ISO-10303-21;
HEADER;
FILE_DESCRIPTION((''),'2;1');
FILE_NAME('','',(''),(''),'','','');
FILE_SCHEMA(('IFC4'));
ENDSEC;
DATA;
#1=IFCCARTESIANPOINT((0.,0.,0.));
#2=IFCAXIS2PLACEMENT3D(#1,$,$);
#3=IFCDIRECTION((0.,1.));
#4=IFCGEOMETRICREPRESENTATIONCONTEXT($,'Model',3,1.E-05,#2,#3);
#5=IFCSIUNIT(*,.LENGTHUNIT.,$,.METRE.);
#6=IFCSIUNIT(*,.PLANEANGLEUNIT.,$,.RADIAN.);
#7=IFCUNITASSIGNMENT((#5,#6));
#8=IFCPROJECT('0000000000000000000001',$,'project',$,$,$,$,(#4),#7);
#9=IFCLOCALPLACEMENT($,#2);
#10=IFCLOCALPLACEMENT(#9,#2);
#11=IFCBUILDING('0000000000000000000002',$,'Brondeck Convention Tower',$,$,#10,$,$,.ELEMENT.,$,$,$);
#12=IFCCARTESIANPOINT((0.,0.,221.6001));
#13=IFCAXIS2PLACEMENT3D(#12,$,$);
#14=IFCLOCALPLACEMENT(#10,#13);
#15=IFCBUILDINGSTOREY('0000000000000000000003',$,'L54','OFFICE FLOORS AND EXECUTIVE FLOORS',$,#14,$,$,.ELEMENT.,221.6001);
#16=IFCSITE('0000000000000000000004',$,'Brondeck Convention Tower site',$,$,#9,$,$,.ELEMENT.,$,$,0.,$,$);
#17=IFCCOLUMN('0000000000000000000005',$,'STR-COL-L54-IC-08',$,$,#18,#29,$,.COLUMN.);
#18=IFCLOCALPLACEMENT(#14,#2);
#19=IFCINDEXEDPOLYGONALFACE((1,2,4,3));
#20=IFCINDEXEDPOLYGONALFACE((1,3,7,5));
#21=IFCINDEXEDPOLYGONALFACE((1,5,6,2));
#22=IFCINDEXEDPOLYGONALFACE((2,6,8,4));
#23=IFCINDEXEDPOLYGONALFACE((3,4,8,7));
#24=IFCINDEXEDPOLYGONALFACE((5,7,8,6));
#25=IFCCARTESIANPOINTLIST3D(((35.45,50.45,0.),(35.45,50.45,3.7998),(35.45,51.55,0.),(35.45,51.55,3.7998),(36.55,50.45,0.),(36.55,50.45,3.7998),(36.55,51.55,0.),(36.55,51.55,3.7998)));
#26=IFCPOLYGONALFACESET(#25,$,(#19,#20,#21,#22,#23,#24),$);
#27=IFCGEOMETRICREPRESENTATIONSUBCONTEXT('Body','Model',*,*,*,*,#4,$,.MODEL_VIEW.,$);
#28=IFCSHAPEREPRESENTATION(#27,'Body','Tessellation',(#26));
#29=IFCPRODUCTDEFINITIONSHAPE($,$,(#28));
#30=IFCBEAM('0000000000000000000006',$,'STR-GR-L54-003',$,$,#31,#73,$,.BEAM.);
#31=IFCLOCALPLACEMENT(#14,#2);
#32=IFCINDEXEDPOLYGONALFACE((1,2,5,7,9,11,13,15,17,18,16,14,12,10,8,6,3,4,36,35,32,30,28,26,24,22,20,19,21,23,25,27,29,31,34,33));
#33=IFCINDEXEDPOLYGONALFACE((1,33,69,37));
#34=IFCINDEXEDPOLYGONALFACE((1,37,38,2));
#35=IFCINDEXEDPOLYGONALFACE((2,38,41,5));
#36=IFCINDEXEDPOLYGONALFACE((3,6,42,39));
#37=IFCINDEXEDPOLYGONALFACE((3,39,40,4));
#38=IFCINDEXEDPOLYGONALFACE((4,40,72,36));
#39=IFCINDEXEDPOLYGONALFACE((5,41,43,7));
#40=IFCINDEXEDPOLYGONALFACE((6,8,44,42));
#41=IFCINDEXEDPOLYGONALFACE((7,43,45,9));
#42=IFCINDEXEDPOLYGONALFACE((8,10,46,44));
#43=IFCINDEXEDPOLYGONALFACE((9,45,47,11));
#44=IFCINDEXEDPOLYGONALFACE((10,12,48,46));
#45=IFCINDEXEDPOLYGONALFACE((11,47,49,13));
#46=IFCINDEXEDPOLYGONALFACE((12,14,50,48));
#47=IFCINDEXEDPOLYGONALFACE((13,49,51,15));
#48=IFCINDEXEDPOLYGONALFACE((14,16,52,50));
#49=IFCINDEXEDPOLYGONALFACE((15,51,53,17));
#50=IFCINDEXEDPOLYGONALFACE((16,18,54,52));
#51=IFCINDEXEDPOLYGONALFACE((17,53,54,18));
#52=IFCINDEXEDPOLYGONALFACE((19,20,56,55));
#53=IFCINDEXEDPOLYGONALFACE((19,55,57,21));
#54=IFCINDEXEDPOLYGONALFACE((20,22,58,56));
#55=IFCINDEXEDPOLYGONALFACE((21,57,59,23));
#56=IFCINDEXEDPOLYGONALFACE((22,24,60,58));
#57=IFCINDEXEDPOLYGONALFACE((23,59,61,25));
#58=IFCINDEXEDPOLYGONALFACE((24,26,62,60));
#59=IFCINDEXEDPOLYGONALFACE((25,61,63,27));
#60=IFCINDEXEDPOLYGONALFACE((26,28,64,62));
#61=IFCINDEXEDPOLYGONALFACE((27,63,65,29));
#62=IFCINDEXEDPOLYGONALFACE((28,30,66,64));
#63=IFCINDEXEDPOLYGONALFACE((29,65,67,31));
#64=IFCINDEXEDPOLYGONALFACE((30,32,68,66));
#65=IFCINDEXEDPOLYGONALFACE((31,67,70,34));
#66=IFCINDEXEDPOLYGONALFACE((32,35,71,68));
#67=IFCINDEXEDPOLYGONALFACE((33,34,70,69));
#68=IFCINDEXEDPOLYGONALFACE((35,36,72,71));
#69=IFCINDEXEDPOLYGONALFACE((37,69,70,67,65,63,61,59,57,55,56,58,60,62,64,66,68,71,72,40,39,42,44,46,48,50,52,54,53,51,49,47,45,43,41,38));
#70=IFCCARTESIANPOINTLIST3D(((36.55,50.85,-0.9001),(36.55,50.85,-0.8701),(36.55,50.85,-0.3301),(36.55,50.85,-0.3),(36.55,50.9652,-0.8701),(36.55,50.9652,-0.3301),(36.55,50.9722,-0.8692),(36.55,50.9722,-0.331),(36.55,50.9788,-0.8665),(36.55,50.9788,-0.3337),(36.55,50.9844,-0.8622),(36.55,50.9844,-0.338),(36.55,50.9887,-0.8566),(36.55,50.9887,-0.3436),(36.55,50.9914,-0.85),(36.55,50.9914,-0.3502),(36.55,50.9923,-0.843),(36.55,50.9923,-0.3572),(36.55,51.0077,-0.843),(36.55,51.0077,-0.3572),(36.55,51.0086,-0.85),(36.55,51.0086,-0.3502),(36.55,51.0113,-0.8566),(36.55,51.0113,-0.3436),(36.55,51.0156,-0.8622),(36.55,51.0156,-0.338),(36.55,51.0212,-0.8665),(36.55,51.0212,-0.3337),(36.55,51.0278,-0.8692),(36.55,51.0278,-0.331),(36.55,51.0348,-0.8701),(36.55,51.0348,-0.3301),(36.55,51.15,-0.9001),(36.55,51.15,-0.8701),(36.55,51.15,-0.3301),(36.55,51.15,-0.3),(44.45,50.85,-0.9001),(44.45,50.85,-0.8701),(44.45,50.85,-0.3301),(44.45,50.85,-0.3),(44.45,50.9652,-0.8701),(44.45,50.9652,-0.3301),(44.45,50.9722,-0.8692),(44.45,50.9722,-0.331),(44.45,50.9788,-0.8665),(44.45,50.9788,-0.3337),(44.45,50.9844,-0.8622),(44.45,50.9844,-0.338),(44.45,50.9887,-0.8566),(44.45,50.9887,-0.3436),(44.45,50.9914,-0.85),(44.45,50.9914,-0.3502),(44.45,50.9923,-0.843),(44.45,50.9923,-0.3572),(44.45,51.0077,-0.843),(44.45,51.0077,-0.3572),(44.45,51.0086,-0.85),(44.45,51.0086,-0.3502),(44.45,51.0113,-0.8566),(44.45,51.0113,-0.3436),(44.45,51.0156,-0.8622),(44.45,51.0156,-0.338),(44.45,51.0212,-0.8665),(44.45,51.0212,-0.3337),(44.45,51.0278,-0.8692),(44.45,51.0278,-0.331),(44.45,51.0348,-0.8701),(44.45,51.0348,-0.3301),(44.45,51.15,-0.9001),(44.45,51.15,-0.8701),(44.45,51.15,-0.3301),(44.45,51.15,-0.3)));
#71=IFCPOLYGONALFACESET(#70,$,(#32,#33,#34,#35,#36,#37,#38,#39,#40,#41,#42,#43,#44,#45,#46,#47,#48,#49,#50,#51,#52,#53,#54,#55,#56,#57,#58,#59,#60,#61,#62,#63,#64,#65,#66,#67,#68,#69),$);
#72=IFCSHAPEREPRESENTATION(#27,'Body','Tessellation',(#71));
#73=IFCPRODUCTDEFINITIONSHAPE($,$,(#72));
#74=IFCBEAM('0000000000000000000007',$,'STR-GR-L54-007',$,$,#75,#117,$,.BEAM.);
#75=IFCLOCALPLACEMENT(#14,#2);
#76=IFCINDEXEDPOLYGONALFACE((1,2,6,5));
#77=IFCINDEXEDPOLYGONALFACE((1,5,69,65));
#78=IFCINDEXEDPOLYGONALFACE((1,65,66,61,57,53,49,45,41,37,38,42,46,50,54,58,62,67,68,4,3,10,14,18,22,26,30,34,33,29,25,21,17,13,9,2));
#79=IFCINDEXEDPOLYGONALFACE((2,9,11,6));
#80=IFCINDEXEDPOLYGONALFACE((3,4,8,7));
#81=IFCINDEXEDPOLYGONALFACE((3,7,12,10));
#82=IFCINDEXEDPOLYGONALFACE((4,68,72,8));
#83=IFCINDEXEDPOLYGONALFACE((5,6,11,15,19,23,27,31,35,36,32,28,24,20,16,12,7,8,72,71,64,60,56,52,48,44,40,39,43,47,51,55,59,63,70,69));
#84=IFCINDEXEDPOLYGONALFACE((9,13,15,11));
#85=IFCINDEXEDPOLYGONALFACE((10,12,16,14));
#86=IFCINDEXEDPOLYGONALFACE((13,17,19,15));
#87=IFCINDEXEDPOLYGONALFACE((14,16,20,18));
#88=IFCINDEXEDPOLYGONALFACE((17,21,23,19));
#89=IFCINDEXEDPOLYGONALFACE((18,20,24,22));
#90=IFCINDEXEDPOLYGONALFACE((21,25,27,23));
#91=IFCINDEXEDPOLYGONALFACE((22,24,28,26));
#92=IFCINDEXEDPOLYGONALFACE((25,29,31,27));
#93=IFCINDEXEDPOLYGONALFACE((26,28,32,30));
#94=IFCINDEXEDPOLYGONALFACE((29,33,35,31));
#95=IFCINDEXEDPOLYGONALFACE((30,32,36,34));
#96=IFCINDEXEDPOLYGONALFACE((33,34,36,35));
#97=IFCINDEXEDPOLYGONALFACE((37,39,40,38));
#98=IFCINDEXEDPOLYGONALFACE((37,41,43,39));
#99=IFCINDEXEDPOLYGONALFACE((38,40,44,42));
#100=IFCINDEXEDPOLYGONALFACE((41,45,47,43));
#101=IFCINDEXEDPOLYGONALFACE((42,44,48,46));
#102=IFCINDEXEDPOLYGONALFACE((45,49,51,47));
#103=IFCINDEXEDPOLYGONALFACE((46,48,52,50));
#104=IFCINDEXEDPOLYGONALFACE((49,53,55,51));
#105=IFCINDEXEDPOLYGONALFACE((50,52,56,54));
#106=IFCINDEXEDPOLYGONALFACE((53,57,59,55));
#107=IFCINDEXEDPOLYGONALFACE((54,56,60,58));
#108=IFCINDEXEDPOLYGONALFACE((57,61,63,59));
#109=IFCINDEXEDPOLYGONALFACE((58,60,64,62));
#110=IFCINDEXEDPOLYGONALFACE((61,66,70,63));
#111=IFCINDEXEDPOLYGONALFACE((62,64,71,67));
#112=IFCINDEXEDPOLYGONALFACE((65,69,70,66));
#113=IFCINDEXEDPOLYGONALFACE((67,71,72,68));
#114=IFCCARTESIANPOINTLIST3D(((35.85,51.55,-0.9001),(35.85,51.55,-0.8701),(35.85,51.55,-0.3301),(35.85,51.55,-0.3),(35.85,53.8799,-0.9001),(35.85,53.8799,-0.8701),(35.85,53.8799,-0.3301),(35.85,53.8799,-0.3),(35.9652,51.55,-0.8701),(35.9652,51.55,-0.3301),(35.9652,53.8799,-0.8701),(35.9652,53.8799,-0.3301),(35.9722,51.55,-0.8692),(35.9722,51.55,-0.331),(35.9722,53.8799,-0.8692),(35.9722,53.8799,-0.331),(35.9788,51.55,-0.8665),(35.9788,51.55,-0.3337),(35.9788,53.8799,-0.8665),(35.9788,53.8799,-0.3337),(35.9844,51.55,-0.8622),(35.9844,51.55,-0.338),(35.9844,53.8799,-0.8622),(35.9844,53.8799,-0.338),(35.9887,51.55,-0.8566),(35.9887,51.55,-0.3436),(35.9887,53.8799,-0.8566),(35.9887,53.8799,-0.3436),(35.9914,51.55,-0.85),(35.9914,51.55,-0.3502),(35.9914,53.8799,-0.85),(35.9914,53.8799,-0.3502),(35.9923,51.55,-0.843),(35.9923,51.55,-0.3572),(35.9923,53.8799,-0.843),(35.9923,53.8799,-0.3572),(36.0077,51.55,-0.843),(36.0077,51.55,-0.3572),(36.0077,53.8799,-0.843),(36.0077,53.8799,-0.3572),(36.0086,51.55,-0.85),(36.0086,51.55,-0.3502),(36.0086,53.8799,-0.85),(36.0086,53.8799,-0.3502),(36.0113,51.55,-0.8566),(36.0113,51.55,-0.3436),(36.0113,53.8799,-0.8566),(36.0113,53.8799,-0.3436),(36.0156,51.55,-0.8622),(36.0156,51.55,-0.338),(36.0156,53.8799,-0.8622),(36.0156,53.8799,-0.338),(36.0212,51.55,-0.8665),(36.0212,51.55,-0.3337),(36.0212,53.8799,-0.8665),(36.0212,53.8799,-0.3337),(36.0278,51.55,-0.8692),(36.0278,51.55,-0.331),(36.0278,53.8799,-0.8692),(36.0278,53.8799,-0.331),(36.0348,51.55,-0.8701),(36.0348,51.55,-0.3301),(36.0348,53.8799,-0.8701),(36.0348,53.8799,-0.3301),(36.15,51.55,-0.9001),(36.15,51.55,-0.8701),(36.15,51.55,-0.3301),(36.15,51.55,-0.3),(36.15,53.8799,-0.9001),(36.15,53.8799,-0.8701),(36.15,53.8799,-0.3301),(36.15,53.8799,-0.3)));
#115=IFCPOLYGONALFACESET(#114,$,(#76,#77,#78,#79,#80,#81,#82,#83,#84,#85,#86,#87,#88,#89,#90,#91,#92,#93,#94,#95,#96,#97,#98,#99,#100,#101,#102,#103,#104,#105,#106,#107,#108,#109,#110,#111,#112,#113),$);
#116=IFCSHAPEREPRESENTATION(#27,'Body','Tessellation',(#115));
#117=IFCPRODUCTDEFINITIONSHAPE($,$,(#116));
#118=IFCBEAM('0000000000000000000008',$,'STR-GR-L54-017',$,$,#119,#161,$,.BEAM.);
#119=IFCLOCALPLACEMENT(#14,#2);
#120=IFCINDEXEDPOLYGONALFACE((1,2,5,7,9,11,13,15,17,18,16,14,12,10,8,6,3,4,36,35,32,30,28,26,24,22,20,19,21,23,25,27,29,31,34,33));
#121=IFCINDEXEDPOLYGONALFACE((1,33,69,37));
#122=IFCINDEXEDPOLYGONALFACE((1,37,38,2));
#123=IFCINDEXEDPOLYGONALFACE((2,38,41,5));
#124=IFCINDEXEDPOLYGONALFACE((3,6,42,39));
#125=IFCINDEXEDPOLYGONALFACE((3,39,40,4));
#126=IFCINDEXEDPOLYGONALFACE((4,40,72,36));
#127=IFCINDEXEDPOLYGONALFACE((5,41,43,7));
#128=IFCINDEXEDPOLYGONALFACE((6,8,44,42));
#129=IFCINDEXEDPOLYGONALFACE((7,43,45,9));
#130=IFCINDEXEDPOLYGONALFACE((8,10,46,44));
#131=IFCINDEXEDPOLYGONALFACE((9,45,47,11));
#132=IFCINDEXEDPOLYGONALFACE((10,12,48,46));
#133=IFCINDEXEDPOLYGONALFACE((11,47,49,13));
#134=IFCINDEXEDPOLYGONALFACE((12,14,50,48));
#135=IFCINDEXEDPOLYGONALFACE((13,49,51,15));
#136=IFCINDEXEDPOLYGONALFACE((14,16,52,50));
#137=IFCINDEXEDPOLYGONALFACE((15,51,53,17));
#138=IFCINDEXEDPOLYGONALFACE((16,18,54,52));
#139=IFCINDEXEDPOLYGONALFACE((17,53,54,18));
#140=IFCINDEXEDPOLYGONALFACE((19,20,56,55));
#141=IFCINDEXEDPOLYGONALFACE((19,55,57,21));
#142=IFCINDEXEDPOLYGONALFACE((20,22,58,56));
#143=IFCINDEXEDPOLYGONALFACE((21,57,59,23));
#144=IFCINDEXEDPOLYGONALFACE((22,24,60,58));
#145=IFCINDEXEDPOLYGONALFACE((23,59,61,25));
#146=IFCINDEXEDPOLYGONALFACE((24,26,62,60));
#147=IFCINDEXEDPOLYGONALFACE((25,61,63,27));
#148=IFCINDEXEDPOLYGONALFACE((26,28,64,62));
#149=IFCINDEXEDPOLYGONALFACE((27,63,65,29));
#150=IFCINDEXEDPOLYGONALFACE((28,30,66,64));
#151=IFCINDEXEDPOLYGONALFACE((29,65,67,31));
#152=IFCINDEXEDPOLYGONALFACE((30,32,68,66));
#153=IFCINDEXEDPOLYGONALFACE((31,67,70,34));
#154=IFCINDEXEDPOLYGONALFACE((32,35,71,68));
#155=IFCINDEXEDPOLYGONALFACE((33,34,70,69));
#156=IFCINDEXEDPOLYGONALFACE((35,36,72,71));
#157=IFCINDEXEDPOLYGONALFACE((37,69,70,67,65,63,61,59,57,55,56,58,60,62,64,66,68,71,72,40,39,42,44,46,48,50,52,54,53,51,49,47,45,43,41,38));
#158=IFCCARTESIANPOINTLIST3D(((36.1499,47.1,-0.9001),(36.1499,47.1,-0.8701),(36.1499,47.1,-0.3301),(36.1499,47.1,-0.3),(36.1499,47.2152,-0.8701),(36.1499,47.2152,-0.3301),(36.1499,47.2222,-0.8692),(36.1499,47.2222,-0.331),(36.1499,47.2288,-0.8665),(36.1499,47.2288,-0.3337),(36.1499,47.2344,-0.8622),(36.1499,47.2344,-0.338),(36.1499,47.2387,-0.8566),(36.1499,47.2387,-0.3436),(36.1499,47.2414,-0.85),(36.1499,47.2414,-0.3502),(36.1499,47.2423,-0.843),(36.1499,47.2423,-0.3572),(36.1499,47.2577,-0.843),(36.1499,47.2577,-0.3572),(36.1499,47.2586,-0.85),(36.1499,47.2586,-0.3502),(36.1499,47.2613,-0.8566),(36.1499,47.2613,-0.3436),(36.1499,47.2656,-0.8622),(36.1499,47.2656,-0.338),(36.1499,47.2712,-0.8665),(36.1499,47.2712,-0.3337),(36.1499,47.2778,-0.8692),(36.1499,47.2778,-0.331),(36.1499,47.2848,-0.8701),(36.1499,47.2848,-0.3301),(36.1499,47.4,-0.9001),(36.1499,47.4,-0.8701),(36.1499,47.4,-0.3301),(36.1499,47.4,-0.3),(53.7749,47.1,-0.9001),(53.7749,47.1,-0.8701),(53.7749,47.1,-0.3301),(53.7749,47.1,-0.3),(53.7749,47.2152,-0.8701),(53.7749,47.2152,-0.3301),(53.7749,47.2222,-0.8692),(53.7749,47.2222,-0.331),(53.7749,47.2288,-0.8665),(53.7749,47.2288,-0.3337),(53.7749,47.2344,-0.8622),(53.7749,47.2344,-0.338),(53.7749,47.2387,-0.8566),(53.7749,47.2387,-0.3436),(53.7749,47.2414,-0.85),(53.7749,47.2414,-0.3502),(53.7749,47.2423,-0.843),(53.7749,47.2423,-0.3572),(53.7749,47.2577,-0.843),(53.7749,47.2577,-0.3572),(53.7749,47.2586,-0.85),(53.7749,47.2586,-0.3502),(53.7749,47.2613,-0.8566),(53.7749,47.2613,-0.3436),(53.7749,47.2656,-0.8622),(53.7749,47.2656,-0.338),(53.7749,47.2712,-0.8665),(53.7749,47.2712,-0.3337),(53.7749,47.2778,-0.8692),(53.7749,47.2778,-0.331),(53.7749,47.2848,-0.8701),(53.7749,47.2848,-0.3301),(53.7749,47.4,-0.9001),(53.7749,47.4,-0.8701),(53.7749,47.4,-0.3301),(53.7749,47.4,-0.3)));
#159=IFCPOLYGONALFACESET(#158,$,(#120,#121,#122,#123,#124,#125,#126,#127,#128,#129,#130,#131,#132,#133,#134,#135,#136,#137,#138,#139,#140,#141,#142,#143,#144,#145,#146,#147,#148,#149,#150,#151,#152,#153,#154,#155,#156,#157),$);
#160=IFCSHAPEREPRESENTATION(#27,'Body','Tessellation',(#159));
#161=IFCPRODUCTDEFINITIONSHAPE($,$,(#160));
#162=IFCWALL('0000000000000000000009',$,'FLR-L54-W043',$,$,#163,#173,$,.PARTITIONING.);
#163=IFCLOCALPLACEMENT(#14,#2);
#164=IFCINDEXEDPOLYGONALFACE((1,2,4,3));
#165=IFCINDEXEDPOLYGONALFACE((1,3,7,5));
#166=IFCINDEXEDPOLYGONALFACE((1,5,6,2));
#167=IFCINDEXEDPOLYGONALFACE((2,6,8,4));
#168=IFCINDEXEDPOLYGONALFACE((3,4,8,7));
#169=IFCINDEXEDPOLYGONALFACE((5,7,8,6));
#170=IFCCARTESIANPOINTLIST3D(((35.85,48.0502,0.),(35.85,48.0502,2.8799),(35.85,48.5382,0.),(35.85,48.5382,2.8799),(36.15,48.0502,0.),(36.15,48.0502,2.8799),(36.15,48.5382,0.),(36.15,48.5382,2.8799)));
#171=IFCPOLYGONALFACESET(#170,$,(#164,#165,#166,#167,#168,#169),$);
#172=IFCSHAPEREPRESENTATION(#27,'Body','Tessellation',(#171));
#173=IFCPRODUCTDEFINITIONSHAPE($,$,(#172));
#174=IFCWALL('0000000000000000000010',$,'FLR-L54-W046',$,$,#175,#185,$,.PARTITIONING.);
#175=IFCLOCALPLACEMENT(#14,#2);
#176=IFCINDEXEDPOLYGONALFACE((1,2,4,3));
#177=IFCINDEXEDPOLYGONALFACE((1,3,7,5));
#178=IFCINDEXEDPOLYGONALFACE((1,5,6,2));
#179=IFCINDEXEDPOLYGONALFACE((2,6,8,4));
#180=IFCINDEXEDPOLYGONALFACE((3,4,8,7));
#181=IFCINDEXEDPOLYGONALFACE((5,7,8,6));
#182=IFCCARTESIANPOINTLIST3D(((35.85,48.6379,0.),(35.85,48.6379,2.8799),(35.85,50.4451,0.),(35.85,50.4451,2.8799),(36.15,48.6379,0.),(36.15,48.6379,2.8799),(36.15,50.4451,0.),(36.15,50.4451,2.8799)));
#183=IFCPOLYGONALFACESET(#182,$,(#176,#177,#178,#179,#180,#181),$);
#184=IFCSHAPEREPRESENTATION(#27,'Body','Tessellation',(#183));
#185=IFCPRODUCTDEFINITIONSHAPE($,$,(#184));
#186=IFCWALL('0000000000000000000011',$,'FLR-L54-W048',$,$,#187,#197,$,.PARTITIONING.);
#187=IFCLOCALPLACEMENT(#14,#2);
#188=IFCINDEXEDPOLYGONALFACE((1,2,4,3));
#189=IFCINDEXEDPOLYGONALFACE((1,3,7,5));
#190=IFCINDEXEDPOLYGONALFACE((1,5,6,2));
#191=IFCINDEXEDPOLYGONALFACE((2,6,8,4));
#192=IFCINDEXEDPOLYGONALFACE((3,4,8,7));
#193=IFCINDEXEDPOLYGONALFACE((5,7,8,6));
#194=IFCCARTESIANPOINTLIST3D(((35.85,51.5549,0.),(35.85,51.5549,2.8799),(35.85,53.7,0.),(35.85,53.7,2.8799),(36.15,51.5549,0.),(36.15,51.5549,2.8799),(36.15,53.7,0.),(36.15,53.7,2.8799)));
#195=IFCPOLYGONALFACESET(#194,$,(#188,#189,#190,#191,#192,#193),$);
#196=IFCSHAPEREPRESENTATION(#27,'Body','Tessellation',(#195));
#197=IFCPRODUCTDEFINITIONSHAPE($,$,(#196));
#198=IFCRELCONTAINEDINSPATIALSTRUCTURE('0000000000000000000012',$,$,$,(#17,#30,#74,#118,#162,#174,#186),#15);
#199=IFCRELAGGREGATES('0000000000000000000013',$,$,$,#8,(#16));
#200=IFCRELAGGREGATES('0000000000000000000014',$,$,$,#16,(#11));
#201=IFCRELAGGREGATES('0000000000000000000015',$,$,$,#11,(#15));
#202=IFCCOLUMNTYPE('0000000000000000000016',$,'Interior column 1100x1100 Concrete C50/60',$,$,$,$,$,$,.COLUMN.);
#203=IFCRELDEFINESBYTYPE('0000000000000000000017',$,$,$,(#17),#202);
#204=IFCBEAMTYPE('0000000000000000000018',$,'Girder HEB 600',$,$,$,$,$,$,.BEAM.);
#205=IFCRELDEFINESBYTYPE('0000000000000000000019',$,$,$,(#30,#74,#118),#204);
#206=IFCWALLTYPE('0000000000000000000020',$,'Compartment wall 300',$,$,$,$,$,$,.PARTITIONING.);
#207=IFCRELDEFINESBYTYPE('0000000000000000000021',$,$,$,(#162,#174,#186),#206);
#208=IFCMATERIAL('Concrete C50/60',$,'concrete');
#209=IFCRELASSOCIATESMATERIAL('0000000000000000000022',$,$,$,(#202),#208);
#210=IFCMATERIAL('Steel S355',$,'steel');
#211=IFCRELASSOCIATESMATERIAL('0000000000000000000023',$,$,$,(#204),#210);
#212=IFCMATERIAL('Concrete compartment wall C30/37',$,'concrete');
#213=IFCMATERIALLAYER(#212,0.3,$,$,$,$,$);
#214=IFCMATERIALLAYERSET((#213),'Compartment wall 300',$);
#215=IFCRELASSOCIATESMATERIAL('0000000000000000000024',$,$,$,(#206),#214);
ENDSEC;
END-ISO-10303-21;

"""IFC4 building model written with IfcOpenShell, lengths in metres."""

from ifc_helpers import new_model, si_unit, direction, frame, frame_2d, origin, origin_2d, place, context, subcontext, project, spatial, rectangle, i_section, extrude, material, layer, layer_set, material_profile, profile_set, type_object, element, save


model = new_model("IFC4")

# Units and contexts
model_context = context("Model", 3, precision=1e-05, world=origin(), true_north=direction((0.0, 1.0)))
body_context = subcontext(model_context, "Body", "Model", "MODEL_VIEW")
ifc_project = project(units=[si_unit("LENGTHUNIT", "METRE"), si_unit("PLANEANGLEUNIT", "RADIAN")], contexts=[model_context])

# Site, building, storey
site_placement = place(None, origin())
site = spatial("IfcSite", under=ifc_project, at=site_placement, Name="Brondeck Convention Tower site", CompositionType="ELEMENT", RefElevation=0.0)
building_placement = place(site_placement, origin())
building = spatial("IfcBuilding", under=site, at=building_placement, Name="Brondeck Convention Tower", CompositionType="ELEMENT")
storey_placement = place(building_placement, frame((0.0, 0.0, 221.6001)))
storey = spatial("IfcBuildingStorey", under=building, at=storey_placement, Name="L54", Description="OFFICE FLOORS AND EXECUTIVE FLOORS", CompositionType="ELEMENT", Elevation=221.6001)

# Column
ifc_material_1 = material(Name="Concrete C50/60", Category="concrete")
ifc_material_profile_1 = material_profile(ifc_material_1, rectangle(XDim=1.1001, YDim=1.1001, at=origin_2d()), Name="Interior column 1100x1100 Concrete C50/60")
ifc_profile_set_1 = profile_set([ifc_material_profile_1], Name="Concrete C50/60")
column_type = type_object("IfcColumnType", Name="Interior column 1100x1100 Concrete C50/60", PredefinedType="COLUMN", material=ifc_profile_set_1)
column_placement = place(storey_placement, frame((36.0, 51.0, 0.0), z_axis=(0.0, 0.0, 1.0), x_axis=(1.0, 0.0, 0.0)))
element("IfcColumn", 1, at=column_placement, inside=storey, type_object=column_type, Name="STR-COL-L54-IC-08", PredefinedType="COLUMN", context=body_context, shape_type="SweptSolid", body=[
    extrude(rectangle(XDim=1.1001, YDim=1.1001, at=origin_2d()), origin(), (0.0, 0.0, 1.0), 3.7998),
])

# Beams
ifc_material_2 = material(Name="Steel S355", Category="steel")
ifc_material_profile_2 = material_profile(ifc_material_2, i_section(OverallWidth=0.3, OverallDepth=0.6001, WebThickness=0.0154, FlangeThickness=0.03, FilletRadius=0.0271, at=origin_2d()), Name="HEB 600")
ifc_profile_set_2 = profile_set([ifc_material_profile_2], Name="Steel S355")
beam_type = type_object("IfcBeamType", Name="Girder HEB 600", PredefinedType="BEAM", material=ifc_profile_set_2)
beam_1_placement = place(storey_placement, frame((36.55, 51.0, -0.6001), z_axis=(1.0, 0.0, 0.0), x_axis=(0.0, 1.0, 0.0)))
element("IfcBeam", 2, at=beam_1_placement, inside=storey, type_object=beam_type, Name="STR-GR-L54-003", PredefinedType="BEAM", context=body_context, shape_type="SweptSolid", body=[
    extrude(i_section(OverallWidth=0.3, OverallDepth=0.6001, WebThickness=0.0154, FlangeThickness=0.03, FilletRadius=0.0271, at=origin_2d()), origin(), (0.0, 0.0, 1.0), 7.8999),
])
beam_2_placement = place(storey_placement, frame((36.0, 51.55, -0.6001), z_axis=(0.0, 1.0, 0.0), x_axis=(-1.0, 0.0, 0.0)))
element("IfcBeam", 3, at=beam_2_placement, inside=storey, type_object=beam_type, Name="STR-GR-L54-007", PredefinedType="BEAM", context=body_context, shape_type="SweptSolid", body=[
    extrude(i_section(OverallWidth=0.3, OverallDepth=0.6001, WebThickness=0.0154, FlangeThickness=0.03, FilletRadius=0.0271, at=origin_2d()), origin(), (0.0, 0.0, 1.0), 2.3298),
])
beam_3_placement = place(storey_placement, frame((36.1499, 47.25, -0.6001), z_axis=(1.0, 0.0, 0.0), x_axis=(0.0, 1.0, 0.0)))
element("IfcBeam", 4, at=beam_3_placement, inside=storey, type_object=beam_type, Name="STR-GR-L54-017", PredefinedType="BEAM", context=body_context, shape_type="SweptSolid", body=[
    extrude(i_section(OverallWidth=0.3, OverallDepth=0.6001, WebThickness=0.0154, FlangeThickness=0.03, FilletRadius=0.0271, at=origin_2d()), origin(), (0.0, 0.0, 1.0), 17.625),
])

# Walls
ifc_material_3 = material(Name="Concrete compartment wall C30/37", Category="concrete")
ifc_layer_1 = layer(ifc_material_3, 0.3)
ifc_layer_set_1 = layer_set([ifc_layer_1], Name="Compartment wall 300")
wall_type_1 = type_object("IfcWallType", Name="Compartment wall 300", PredefinedType="PARTITIONING", material=ifc_layer_set_1)
wall_1_placement = place(storey_placement, frame((36.0, 48.05, 0.0), z_axis=(0.0, 0.0, 1.0), x_axis=(0.0, 1.0, 0.0)))
element("IfcWall", 5, at=wall_1_placement, inside=storey, type_object=wall_type_1, Name="FLR-L54-W043", PredefinedType="PARTITIONING", context=body_context, shape_type="SweptSolid", body=[
    extrude(rectangle(XDim=0.488, YDim=0.3, at=frame_2d((0.2441, 0.0))), origin(), (0.0, 0.0, 1.0), 2.8799),
])
wall_2_placement = place(storey_placement, frame((36.0, 48.6379, 0.0), z_axis=(0.0, 0.0, 1.0), x_axis=(0.0, 1.0, 0.0)))
element("IfcWall", 6, at=wall_2_placement, inside=storey, type_object=wall_type_1, Name="FLR-L54-W046", PredefinedType="PARTITIONING", context=body_context, shape_type="SweptSolid", body=[
    extrude(rectangle(XDim=1.8071, YDim=0.3, at=frame_2d((0.9036, 0.0))), origin(), (0.0, 0.0, 1.0), 2.8799),
])
wall_3_placement = place(storey_placement, frame((36.0, 51.5549, 0.0), z_axis=(0.0, 0.0, 1.0), x_axis=(0.0, 1.0, 0.0)))
element("IfcWall", 7, at=wall_3_placement, inside=storey, type_object=wall_type_1, Name="FLR-L54-W048", PredefinedType="PARTITIONING", context=body_context, shape_type="SweptSolid", body=[
    extrude(rectangle(XDim=2.145, YDim=0.3, at=frame_2d((1.0725, 0.0))), origin(), (0.0, 0.0, 1.0), 2.8799),
])

save(model, "model.ifc")
